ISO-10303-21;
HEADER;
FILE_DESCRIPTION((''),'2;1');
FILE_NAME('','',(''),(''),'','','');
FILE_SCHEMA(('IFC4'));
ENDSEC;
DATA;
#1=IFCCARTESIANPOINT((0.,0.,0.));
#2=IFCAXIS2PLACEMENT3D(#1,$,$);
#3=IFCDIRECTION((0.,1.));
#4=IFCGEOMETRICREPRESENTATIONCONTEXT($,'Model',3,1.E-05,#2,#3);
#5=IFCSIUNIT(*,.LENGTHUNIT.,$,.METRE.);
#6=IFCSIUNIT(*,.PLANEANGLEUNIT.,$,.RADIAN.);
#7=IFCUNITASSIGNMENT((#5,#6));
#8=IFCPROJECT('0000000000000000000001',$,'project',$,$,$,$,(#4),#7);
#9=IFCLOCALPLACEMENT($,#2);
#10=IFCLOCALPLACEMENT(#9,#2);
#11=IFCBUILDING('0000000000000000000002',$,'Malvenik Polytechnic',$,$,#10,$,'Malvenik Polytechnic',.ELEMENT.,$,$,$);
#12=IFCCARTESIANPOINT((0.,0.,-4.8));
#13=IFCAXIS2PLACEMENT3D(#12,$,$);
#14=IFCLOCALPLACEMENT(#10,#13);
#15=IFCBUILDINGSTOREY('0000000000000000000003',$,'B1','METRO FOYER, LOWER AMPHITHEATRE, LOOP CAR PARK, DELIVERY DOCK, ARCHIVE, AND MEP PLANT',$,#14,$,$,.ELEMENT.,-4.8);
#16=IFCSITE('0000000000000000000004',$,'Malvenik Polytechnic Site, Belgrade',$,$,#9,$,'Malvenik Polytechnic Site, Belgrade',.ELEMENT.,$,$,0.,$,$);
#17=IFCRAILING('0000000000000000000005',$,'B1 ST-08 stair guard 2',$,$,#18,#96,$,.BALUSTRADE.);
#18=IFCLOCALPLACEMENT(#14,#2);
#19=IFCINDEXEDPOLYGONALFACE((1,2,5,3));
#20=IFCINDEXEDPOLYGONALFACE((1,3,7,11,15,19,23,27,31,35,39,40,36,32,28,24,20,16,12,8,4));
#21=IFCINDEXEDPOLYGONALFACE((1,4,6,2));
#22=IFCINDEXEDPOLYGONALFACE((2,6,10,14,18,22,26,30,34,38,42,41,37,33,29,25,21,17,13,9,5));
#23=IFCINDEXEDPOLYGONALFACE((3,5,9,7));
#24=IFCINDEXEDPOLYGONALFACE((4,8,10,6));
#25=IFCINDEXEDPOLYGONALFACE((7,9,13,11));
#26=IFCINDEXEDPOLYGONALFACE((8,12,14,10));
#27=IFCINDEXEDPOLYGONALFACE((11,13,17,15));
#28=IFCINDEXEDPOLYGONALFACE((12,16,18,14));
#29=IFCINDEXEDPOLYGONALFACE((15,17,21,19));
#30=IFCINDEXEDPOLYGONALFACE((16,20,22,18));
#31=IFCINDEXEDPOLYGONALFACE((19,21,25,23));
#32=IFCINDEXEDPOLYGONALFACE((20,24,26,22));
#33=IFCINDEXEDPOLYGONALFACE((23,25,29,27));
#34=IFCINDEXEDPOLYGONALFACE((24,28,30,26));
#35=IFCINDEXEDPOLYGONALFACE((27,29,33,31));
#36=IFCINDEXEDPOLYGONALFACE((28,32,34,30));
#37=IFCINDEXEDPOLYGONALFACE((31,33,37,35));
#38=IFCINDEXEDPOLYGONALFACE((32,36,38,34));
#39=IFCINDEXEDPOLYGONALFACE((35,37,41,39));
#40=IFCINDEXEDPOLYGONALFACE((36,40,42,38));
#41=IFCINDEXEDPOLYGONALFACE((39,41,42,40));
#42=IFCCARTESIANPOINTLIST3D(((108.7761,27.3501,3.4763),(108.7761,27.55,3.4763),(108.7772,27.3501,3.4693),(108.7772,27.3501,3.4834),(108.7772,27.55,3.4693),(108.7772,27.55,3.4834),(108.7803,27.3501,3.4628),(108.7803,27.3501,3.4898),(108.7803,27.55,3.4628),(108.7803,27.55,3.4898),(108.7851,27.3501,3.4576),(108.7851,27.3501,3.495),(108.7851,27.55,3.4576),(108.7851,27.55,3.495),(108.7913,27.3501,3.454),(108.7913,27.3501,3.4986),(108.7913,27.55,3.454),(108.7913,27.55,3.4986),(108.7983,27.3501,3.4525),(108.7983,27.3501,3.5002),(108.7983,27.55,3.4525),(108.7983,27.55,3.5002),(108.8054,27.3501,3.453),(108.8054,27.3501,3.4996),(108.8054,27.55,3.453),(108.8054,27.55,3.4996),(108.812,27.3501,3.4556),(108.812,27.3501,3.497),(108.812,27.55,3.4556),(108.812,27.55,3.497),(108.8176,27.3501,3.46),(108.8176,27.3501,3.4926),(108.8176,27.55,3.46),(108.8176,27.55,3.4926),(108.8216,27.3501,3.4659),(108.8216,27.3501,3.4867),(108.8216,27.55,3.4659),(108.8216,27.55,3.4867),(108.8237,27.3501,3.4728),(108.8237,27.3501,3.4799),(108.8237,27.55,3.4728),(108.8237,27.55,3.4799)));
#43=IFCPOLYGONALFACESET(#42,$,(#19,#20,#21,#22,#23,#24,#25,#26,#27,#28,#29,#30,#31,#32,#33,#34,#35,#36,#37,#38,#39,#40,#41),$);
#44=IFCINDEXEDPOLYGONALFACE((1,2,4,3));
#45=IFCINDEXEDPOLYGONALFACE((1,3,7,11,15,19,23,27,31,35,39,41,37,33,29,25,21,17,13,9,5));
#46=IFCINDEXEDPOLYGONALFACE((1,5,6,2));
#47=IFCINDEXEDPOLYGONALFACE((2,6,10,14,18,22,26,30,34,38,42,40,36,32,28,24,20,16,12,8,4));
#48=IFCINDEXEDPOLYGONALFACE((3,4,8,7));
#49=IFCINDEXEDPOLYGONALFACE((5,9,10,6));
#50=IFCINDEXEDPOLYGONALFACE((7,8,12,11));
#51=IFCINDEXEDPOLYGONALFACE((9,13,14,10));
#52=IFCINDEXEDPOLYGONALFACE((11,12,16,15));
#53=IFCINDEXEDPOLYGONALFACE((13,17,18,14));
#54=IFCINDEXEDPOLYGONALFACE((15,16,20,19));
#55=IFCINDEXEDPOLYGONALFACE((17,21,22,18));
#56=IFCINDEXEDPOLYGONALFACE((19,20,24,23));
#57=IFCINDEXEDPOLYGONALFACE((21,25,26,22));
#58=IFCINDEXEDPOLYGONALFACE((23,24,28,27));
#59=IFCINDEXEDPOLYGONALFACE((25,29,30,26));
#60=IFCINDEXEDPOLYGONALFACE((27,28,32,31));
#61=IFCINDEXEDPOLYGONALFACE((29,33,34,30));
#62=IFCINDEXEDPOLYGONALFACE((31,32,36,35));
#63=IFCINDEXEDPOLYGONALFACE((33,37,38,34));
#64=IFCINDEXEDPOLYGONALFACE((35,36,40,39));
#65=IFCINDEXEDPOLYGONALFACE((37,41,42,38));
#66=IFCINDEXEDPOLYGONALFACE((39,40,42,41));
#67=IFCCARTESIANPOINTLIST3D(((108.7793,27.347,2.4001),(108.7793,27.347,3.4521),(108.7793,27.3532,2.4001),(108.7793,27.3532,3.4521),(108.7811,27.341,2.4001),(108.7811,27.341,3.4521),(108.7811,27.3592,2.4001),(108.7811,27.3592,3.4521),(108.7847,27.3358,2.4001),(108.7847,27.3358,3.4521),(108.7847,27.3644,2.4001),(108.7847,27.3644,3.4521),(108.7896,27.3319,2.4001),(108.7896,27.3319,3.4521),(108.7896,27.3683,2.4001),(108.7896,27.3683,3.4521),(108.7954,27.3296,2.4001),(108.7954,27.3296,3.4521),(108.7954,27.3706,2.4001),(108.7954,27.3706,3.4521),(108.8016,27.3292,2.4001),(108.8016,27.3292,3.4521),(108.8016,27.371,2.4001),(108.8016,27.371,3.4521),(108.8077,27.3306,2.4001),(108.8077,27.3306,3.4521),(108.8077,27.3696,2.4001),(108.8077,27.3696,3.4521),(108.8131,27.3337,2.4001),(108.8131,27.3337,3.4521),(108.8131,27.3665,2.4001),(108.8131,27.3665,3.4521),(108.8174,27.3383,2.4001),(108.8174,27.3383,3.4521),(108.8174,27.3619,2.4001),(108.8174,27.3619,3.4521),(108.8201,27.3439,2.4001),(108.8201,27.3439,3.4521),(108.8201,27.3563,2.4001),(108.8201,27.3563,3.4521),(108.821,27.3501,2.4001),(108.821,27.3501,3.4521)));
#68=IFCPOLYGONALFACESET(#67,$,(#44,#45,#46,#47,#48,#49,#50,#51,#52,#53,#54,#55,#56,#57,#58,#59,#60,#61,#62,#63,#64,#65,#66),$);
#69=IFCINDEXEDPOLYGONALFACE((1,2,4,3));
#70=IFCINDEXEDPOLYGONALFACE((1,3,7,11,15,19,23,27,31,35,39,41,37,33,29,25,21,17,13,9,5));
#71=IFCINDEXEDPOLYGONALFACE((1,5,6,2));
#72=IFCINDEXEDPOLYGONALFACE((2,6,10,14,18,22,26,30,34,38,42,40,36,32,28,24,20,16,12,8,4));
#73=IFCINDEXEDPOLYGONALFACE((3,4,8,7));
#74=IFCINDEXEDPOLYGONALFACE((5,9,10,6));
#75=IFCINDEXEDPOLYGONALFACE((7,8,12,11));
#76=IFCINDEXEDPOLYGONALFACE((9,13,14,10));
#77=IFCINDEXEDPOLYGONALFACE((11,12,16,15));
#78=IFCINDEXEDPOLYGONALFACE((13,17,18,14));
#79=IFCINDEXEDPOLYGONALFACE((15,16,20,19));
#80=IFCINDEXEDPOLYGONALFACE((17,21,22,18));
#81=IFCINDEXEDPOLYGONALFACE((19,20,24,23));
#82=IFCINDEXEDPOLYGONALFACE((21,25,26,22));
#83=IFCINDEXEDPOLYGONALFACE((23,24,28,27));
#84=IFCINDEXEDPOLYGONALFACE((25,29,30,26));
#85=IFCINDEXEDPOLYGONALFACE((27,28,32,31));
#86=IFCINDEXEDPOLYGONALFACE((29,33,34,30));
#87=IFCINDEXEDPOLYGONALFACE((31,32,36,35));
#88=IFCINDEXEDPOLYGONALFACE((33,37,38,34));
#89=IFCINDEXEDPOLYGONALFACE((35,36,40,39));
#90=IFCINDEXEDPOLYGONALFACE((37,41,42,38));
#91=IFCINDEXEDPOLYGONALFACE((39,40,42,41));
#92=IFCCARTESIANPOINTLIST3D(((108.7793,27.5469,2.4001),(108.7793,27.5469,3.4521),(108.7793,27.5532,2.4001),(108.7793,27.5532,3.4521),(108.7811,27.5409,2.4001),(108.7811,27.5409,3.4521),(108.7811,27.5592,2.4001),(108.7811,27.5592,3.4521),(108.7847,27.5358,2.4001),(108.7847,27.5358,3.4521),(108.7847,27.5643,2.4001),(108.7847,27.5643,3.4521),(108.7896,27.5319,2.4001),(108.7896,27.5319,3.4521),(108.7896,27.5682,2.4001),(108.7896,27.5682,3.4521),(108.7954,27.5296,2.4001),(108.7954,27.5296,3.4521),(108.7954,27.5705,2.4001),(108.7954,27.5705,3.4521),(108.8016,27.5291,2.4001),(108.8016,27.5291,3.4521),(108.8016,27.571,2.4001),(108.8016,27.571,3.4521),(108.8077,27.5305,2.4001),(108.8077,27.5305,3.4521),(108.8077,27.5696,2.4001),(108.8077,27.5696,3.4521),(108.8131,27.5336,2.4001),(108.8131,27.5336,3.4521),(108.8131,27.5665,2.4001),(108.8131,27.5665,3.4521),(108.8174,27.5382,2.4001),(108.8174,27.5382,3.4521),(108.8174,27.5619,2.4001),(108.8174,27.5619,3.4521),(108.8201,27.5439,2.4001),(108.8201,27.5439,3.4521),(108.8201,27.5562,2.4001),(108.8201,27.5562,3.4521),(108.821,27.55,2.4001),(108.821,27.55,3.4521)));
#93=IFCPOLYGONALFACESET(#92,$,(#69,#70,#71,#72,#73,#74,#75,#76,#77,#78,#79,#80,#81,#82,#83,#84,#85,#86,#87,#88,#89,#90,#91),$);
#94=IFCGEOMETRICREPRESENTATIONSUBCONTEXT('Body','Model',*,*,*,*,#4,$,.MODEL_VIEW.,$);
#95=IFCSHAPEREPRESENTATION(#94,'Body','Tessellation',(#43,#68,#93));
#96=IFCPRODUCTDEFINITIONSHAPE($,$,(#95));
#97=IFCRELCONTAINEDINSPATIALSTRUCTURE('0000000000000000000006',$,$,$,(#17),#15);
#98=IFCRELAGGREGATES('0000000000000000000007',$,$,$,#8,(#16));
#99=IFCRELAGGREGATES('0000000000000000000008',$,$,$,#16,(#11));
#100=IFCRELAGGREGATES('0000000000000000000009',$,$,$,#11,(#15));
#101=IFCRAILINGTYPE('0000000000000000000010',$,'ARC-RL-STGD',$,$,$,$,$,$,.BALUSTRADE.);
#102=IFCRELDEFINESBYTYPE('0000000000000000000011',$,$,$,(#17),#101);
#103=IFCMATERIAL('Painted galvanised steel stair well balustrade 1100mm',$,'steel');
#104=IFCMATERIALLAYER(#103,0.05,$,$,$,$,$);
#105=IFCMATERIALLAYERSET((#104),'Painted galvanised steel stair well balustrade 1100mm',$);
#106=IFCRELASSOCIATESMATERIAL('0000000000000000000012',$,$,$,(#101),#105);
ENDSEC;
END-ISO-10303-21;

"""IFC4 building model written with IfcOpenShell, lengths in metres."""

from ifc_helpers import new_model, si_unit, direction, frame, origin, origin_2d, place, context, subcontext, project, spatial, circle, extrude, material, layer, layer_set, type_object, element, save


model = new_model("IFC4")

# Units and contexts
model_context = context("Model", 3, precision=1e-05, world=origin(), true_north=direction((0.0, 1.0)))
body_context = subcontext(model_context, "Body", "Model", "MODEL_VIEW")
ifc_project = project(units=[si_unit("LENGTHUNIT", "METRE"), si_unit("PLANEANGLEUNIT", "RADIAN")], contexts=[model_context])

# Site, building, storey
site_placement = place(None, origin())
site = spatial("IfcSite", under=ifc_project, at=site_placement, Name="Malvenik Polytechnic Site, Belgrade", LongName="Malvenik Polytechnic Site, Belgrade", CompositionType="ELEMENT", RefElevation=0.0)
building_placement = place(site_placement, origin())
building = spatial("IfcBuilding", under=site, at=building_placement, Name="Malvenik Polytechnic", LongName="Malvenik Polytechnic", CompositionType="ELEMENT")
storey_placement = place(building_placement, frame((0.0, 0.0, -4.8)))
storey = spatial("IfcBuildingStorey", under=building, at=storey_placement, Name="B1", Description="METRO FOYER, LOWER AMPHITHEATRE, LOOP CAR PARK, DELIVERY DOCK, ARCHIVE, AND MEP PLANT", CompositionType="ELEMENT", Elevation=-4.8)

# Railing
ifc_material_1 = material(Name="Painted galvanised steel stair well balustrade 1100mm", Category="steel")
ifc_layer_1 = layer(ifc_material_1, 0.05)
ifc_layer_set_1 = layer_set([ifc_layer_1], Name="Painted galvanised steel stair well balustrade 1100mm")
railing_type_1 = type_object("IfcRailingType", Name="ARC-RL-STGD", PredefinedType="BALUSTRADE", material=ifc_layer_set_1)
railing_1_placement = place(storey_placement, frame((108.8, 27.3501, 2.4001)))
element("IfcRailing", 1, at=railing_1_placement, inside=storey, type_object=railing_type_1, Name="B1 ST-08 stair guard 2", PredefinedType="BALUSTRADE", context=body_context, shape_type="SweptSolid", body=[
    extrude(circle(Radius=0.0239, at=origin_2d()), frame((0.0, 0.0, 1.0762), z_axis=(0.0, 1.0, 0.0), x_axis=(-1.0, 0.0, 0.0)), (0.0, 0.0, 1.0), 0.2),
    extrude(circle(Radius=0.021, at=origin_2d()), origin(), (0.0, 0.0, 1.0), 1.052),
    extrude(circle(Radius=0.021, at=origin_2d()), frame((0.0, 0.2, 0.0)), (0.0, 0.0, 1.0), 1.052),
])

save(model, "model.ifc")
